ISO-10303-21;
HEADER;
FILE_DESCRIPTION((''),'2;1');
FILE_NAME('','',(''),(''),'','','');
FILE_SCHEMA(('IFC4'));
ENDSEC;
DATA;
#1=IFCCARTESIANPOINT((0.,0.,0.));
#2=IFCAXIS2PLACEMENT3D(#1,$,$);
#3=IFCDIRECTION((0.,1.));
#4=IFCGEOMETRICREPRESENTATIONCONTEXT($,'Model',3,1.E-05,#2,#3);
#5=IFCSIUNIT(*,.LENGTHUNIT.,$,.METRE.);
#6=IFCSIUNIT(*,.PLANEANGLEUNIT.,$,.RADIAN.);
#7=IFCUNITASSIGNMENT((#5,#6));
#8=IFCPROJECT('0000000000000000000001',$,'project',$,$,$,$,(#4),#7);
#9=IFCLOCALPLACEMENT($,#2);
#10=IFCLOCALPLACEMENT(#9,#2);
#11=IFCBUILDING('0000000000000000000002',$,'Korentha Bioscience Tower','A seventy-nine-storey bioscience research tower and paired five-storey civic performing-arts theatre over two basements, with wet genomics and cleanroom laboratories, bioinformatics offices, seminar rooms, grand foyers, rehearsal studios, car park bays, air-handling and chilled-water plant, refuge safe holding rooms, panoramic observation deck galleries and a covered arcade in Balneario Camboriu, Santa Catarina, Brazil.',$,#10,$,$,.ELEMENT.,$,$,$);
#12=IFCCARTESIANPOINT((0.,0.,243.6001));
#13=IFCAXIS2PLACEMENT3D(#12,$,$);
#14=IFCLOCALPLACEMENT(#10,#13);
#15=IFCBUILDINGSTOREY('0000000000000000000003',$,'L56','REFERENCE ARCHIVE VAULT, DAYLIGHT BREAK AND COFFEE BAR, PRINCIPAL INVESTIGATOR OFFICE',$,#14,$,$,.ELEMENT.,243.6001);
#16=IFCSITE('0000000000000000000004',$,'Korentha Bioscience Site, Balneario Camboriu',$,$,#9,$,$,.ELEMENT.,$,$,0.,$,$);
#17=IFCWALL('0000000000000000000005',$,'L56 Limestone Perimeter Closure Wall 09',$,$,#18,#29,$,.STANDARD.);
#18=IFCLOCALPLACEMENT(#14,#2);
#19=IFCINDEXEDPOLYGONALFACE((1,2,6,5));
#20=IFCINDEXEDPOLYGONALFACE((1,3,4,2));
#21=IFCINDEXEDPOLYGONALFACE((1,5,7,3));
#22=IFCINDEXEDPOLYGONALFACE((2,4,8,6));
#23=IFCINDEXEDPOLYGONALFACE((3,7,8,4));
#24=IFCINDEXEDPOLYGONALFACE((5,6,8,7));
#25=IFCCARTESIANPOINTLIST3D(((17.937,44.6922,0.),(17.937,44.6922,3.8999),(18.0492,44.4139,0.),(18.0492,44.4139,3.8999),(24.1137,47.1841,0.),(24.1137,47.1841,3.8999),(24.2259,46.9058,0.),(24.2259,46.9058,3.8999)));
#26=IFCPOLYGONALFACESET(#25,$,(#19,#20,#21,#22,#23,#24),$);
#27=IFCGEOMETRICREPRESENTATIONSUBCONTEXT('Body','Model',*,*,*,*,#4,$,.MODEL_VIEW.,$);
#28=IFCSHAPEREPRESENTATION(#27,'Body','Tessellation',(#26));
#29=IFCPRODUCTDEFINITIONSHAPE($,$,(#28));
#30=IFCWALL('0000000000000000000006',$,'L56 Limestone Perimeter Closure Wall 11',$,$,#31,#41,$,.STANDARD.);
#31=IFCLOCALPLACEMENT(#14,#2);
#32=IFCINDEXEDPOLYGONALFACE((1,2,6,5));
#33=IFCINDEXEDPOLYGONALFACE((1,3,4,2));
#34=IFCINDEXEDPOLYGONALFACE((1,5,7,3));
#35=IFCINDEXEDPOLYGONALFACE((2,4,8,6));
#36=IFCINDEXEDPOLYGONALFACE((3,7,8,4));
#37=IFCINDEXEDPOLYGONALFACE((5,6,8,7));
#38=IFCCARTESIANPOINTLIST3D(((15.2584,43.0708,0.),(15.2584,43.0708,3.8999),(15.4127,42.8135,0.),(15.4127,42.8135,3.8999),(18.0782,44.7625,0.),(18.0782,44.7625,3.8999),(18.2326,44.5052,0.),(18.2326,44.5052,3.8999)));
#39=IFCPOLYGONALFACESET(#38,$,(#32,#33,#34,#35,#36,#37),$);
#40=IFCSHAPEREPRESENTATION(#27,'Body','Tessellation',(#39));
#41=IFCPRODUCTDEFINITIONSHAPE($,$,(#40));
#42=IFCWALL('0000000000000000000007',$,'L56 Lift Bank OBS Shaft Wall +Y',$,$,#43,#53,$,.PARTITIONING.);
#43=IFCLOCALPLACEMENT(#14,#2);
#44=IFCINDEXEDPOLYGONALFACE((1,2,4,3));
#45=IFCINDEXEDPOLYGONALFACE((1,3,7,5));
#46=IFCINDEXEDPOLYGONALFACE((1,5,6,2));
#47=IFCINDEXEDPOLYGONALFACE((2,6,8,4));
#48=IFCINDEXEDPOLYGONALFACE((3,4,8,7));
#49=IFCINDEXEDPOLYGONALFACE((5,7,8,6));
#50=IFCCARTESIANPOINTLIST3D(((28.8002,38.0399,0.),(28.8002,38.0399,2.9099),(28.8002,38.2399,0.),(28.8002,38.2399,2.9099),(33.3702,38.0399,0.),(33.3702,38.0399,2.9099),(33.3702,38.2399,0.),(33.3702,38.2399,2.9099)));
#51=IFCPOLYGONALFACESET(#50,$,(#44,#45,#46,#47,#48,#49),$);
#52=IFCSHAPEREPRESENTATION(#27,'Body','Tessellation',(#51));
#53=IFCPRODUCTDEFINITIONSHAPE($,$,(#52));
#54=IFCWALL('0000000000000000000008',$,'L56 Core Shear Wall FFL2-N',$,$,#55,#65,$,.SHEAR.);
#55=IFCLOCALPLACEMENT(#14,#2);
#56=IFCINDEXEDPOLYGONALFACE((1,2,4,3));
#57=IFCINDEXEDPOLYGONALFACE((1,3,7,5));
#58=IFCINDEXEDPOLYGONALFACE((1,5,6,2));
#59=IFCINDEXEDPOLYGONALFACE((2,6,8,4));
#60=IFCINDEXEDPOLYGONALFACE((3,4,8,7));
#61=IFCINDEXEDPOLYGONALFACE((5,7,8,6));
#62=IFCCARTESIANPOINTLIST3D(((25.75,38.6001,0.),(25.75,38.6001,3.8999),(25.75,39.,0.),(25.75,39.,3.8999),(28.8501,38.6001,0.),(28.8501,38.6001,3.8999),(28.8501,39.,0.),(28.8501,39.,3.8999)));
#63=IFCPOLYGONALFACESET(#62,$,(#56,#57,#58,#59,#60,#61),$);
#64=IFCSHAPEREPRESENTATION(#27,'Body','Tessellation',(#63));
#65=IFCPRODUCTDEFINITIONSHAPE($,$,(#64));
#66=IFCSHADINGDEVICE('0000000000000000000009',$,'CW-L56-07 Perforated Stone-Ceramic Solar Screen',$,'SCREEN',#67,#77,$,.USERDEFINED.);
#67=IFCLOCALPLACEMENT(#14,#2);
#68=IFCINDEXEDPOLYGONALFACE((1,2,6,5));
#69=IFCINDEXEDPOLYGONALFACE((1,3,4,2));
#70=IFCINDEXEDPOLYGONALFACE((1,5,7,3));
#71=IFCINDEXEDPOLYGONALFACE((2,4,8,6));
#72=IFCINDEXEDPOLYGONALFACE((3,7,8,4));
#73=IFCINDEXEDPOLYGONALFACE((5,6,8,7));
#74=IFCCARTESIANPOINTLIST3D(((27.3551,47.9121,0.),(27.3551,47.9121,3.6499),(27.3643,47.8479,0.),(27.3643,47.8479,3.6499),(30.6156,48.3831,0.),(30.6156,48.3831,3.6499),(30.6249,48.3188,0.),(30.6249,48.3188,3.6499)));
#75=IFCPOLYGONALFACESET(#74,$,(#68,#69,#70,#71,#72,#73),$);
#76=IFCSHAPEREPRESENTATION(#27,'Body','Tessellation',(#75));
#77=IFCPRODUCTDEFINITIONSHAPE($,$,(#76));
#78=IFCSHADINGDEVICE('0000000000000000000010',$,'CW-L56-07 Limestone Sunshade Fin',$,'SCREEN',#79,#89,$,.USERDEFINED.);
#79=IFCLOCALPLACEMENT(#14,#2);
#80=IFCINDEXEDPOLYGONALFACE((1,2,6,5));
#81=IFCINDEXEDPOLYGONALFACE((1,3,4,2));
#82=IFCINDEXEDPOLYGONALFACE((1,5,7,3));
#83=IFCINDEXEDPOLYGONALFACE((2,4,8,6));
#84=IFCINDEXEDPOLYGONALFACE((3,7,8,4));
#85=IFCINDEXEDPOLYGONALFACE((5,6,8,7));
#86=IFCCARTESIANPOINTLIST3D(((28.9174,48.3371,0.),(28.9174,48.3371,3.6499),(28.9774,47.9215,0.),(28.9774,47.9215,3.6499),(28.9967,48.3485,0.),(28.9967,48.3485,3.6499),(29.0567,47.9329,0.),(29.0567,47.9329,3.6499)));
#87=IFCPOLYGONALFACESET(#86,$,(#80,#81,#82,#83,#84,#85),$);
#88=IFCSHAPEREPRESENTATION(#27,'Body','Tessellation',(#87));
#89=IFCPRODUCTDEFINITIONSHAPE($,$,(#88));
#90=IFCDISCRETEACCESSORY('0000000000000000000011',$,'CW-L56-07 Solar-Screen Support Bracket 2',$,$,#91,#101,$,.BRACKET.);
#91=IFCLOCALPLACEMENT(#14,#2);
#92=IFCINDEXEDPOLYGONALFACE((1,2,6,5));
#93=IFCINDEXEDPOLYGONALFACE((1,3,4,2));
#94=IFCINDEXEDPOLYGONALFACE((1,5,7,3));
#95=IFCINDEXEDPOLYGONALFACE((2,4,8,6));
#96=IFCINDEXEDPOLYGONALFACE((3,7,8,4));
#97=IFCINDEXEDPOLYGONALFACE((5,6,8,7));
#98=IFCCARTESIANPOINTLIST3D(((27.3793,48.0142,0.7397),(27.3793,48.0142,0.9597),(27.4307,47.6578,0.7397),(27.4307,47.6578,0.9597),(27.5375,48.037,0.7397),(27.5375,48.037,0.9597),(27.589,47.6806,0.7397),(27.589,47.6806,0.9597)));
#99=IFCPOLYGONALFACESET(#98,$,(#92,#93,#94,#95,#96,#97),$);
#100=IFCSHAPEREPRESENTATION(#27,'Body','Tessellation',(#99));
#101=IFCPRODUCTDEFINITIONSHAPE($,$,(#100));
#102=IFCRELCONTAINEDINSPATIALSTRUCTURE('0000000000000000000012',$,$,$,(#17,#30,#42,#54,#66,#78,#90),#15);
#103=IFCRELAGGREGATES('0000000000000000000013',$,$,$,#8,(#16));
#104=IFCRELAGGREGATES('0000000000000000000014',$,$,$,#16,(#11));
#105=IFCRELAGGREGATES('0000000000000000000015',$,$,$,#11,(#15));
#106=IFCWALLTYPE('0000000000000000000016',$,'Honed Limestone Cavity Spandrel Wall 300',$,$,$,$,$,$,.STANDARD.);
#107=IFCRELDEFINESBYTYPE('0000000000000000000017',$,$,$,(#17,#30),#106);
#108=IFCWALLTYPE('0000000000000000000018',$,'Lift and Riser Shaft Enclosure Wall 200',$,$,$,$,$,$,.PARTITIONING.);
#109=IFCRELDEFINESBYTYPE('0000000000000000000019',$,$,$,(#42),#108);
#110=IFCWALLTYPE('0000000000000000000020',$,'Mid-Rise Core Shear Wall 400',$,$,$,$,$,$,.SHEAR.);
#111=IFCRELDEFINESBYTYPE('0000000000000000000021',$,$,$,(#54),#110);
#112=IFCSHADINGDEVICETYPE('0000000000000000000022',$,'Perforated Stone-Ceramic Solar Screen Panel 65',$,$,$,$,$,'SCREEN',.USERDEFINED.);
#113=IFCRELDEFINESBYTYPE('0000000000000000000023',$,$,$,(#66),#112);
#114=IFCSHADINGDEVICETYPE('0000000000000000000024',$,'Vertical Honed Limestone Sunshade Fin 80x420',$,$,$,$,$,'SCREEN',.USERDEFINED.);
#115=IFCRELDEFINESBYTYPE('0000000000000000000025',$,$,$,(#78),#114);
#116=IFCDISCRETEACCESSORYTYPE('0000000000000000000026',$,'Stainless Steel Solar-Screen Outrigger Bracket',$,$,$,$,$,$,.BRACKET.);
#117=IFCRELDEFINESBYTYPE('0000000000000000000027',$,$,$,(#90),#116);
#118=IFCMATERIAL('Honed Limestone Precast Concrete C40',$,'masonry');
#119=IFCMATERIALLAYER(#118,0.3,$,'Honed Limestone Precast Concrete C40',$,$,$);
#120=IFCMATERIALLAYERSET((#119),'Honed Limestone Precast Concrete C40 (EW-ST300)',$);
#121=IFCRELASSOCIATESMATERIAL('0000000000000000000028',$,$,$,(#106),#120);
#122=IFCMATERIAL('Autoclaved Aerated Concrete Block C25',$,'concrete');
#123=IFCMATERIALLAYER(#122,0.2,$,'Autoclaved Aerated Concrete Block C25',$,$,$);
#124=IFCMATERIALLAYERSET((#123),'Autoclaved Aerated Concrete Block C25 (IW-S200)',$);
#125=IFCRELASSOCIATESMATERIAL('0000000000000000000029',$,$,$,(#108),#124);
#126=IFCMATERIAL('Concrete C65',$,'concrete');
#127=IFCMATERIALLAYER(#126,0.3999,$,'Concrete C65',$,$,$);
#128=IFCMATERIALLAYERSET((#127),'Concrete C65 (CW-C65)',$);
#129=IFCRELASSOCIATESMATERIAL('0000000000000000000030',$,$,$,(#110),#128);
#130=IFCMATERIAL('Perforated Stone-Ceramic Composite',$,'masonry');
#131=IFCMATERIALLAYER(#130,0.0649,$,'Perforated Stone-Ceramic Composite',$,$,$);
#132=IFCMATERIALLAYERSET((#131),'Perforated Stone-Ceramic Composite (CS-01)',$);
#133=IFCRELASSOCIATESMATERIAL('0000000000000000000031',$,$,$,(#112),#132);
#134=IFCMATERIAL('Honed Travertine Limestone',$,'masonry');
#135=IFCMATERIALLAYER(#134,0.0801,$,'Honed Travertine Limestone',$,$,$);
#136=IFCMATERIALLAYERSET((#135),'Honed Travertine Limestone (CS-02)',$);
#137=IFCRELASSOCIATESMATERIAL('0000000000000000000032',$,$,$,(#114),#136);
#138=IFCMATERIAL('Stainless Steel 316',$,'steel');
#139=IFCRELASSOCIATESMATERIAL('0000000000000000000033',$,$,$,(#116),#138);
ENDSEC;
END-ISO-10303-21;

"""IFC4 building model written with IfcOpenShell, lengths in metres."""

from ifc_helpers import new_model, si_unit, direction, frame, frame_2d, origin, origin_2d, place, context, subcontext, project, spatial, rectangle, extrude, material, layer, layer_set, type_object, element, save


model = new_model("IFC4")

# Units and contexts
model_context = context("Model", 3, precision=1e-05, world=origin(), true_north=direction((0.0, 1.0)))
body_context = subcontext(model_context, "Body", "Model", "MODEL_VIEW")
ifc_project = project(units=[si_unit("LENGTHUNIT", "METRE"), si_unit("PLANEANGLEUNIT", "RADIAN")], contexts=[model_context])

# Site, building, storey
site_placement = place(None, origin())
site = spatial("IfcSite", under=ifc_project, at=site_placement, Name="Korentha Bioscience Site, Balneario Camboriu", CompositionType="ELEMENT", RefElevation=0.0)
building_placement = place(site_placement, origin())
building = spatial("IfcBuilding", under=site, at=building_placement, Name="Korentha Bioscience Tower", Description="A seventy-nine-storey bioscience research tower and paired five-storey civic performing-arts theatre over two basements, with wet genomics and cleanroom laboratories, bioinformatics offices, seminar rooms, grand foyers, rehearsal studios, car park bays, air-handling and chilled-water plant, refuge safe holding rooms, panoramic observation deck galleries and a covered arcade in Balneario Camboriu, Santa Catarina, Brazil.", CompositionType="ELEMENT")
storey_placement = place(building_placement, frame((0.0, 0.0, 243.6001)))
storey = spatial("IfcBuildingStorey", under=building, at=storey_placement, Name="L56", Description="REFERENCE ARCHIVE VAULT, DAYLIGHT BREAK AND COFFEE BAR, PRINCIPAL INVESTIGATOR OFFICE", CompositionType="ELEMENT", Elevation=243.6001)

# Shared definitions
ifc_material_1 = material(Name="Concrete C65", Category="concrete")

# Shared definitions
ifc_material_2 = material(Name="Honed Limestone Precast Concrete C40", Category="masonry")
ifc_layer_1 = layer(ifc_material_2, 0.3, Name="Honed Limestone Precast Concrete C40")
ifc_layer_set_1 = layer_set([ifc_layer_1], Name="Honed Limestone Precast Concrete C40 (EW-ST300)")
wall_type_1 = type_object("IfcWallType", Name="Honed Limestone Cavity Spandrel Wall 300", PredefinedType="STANDARD", material=ifc_layer_set_1)

# Walls
wall_1_placement = place(storey_placement, frame((24.1697, 47.0449, 0.0), z_axis=(0.0, 0.0, 1.0), x_axis=(-0.927373, -0.374138, 0.0)))
element("IfcWall", 1, at=wall_1_placement, inside=storey, type_object=wall_type_1, Name="L56 Limestone Perimeter Closure Wall 09", PredefinedType="STANDARD", context=body_context, shape_type="SweptSolid", body=[
    extrude(rectangle(XDim=6.6604, YDim=0.3, at=frame_2d((3.3301, 0.0))), origin(), (0.0, 0.0, 1.0), 3.8999),
])
wall_2_placement = place(storey_placement, frame((18.1553, 44.6338, 0.0), z_axis=(0.0, 0.0, 1.0), x_axis=(-0.857526, -0.514441, 0.0)))
element("IfcWall", 2, at=wall_2_placement, inside=storey, type_object=wall_type_1, Name="L56 Limestone Perimeter Closure Wall 11", PredefinedType="STANDARD", context=body_context, shape_type="SweptSolid", body=[
    extrude(rectangle(XDim=3.2883, YDim=0.3, at=frame_2d((1.644, 0.0))), origin(), (0.0, 0.0, 1.0), 3.8999),
])
ifc_material_3 = material(Name="Autoclaved Aerated Concrete Block C25", Category="concrete")
ifc_layer_2 = layer(ifc_material_3, 0.2, Name="Autoclaved Aerated Concrete Block C25")
ifc_layer_set_2 = layer_set([ifc_layer_2], Name="Autoclaved Aerated Concrete Block C25 (IW-S200)")
wall_type_2 = type_object("IfcWallType", Name="Lift and Riser Shaft Enclosure Wall 200", PredefinedType="PARTITIONING", material=ifc_layer_set_2)
wall_3_placement = place(storey_placement, frame((28.8, 38.1399, 0.0), z_axis=(0.0, 0.0, 1.0), x_axis=(1.0, 0.0, 0.0)))
element("IfcWall", 3, at=wall_3_placement, inside=storey, type_object=wall_type_2, Name="L56 Lift Bank OBS Shaft Wall +Y", PredefinedType="PARTITIONING", context=body_context, shape_type="SweptSolid", body=[
    extrude(rectangle(XDim=4.5701, YDim=0.2, at=frame_2d((2.2852, 0.0))), origin(), (0.0, 0.0, 1.0), 2.9099),
])
ifc_layer_3 = layer(ifc_material_1, 0.3999, Name="Concrete C65")
ifc_layer_set_3 = layer_set([ifc_layer_3], Name="Concrete C65 (CW-C65)")
wall_type_3 = type_object("IfcWallType", Name="Mid-Rise Core Shear Wall 400", PredefinedType="SHEAR", material=ifc_layer_set_3)
wall_4_placement = place(storey_placement, frame((25.75, 38.8, 0.0), z_axis=(0.0, 0.0, 1.0), x_axis=(1.0, 0.0, 0.0)))
element("IfcWall", 4, at=wall_4_placement, inside=storey, type_object=wall_type_3, Name="L56 Core Shear Wall FFL2-N", PredefinedType="SHEAR", context=body_context, shape_type="SweptSolid", body=[
    extrude(rectangle(XDim=3.1001, YDim=0.3999, at=frame_2d((1.55, 0.0))), origin(), (0.0, 0.0, 1.0), 3.8999),
])

# Shading devices
ifc_material_4 = material(Name="Perforated Stone-Ceramic Composite", Category="masonry")
ifc_layer_4 = layer(ifc_material_4, 0.0649, Name="Perforated Stone-Ceramic Composite")
ifc_layer_set_4 = layer_set([ifc_layer_4], Name="Perforated Stone-Ceramic Composite (CS-01)")
shading_device_type_1 = type_object("IfcShadingDeviceType", Name="Perforated Stone-Ceramic Solar Screen Panel 65", ElementType="SCREEN", PredefinedType="USERDEFINED", material=ifc_layer_set_4)
shading_device_1_placement = place(storey_placement, frame((28.99, 48.1155, 0.0), z_axis=(0.0, 0.0, 1.0), x_axis=(-0.989729, -0.142956, 0.0)))
element("IfcShadingDevice", 5, at=shading_device_1_placement, inside=storey, type_object=shading_device_type_1, Name="CW-L56-07 Perforated Stone-Ceramic Solar Screen", ObjectType="SCREEN", PredefinedType="USERDEFINED", context=body_context, shape_type="SweptSolid", body=[
    extrude(rectangle(XDim=3.2944, YDim=0.0649, at=origin_2d()), origin(), (0.0, 0.0, 1.0), 3.6499),
])
ifc_material_5 = material(Name="Honed Travertine Limestone", Category="masonry")
ifc_layer_5 = layer(ifc_material_5, 0.0801, Name="Honed Travertine Limestone")
ifc_layer_set_5 = layer_set([ifc_layer_5], Name="Honed Travertine Limestone (CS-02)")
shading_device_type_2 = type_object("IfcShadingDeviceType", Name="Vertical Honed Limestone Sunshade Fin 80x420", ElementType="SCREEN", PredefinedType="USERDEFINED", material=ifc_layer_set_5)
shading_device_2_placement = place(storey_placement, frame((28.9871, 48.135, 0.0), z_axis=(0.0, 0.0, 1.0), x_axis=(-0.989729, -0.142956, 0.0)))
element("IfcShadingDevice", 6, at=shading_device_2_placement, inside=storey, type_object=shading_device_type_2, Name="CW-L56-07 Limestone Sunshade Fin", ObjectType="SCREEN", PredefinedType="USERDEFINED", context=body_context, shape_type="SweptSolid", body=[
    extrude(rectangle(XDim=0.0801, YDim=0.4199, at=origin_2d()), origin(), (0.0, 0.0, 1.0), 3.6499),
])

# Discrete accessory
ifc_material_6 = material(Name="Stainless Steel 316", Category="steel")
discrete_accessory_type = type_object("IfcDiscreteAccessoryType", Name="Stainless Steel Solar-Screen Outrigger Bracket", PredefinedType="BRACKET", material=ifc_material_6)
discrete_accessory_placement = place(storey_placement, frame((27.4841, 47.8474, 0.7397), z_axis=(0.0, 0.0, 1.0), x_axis=(-0.989729, -0.142956, 0.0)))
element("IfcDiscreteAccessory", 7, at=discrete_accessory_placement, inside=storey, type_object=discrete_accessory_type, Name="CW-L56-07 Solar-Screen Support Bracket 2", PredefinedType="BRACKET", context=body_context, shape_type="SweptSolid", body=[
    extrude(rectangle(XDim=0.1599, YDim=0.3601, at=origin_2d()), origin(), (0.0, 0.0, 1.0), 0.22),
])

save(model, "model.ifc")
